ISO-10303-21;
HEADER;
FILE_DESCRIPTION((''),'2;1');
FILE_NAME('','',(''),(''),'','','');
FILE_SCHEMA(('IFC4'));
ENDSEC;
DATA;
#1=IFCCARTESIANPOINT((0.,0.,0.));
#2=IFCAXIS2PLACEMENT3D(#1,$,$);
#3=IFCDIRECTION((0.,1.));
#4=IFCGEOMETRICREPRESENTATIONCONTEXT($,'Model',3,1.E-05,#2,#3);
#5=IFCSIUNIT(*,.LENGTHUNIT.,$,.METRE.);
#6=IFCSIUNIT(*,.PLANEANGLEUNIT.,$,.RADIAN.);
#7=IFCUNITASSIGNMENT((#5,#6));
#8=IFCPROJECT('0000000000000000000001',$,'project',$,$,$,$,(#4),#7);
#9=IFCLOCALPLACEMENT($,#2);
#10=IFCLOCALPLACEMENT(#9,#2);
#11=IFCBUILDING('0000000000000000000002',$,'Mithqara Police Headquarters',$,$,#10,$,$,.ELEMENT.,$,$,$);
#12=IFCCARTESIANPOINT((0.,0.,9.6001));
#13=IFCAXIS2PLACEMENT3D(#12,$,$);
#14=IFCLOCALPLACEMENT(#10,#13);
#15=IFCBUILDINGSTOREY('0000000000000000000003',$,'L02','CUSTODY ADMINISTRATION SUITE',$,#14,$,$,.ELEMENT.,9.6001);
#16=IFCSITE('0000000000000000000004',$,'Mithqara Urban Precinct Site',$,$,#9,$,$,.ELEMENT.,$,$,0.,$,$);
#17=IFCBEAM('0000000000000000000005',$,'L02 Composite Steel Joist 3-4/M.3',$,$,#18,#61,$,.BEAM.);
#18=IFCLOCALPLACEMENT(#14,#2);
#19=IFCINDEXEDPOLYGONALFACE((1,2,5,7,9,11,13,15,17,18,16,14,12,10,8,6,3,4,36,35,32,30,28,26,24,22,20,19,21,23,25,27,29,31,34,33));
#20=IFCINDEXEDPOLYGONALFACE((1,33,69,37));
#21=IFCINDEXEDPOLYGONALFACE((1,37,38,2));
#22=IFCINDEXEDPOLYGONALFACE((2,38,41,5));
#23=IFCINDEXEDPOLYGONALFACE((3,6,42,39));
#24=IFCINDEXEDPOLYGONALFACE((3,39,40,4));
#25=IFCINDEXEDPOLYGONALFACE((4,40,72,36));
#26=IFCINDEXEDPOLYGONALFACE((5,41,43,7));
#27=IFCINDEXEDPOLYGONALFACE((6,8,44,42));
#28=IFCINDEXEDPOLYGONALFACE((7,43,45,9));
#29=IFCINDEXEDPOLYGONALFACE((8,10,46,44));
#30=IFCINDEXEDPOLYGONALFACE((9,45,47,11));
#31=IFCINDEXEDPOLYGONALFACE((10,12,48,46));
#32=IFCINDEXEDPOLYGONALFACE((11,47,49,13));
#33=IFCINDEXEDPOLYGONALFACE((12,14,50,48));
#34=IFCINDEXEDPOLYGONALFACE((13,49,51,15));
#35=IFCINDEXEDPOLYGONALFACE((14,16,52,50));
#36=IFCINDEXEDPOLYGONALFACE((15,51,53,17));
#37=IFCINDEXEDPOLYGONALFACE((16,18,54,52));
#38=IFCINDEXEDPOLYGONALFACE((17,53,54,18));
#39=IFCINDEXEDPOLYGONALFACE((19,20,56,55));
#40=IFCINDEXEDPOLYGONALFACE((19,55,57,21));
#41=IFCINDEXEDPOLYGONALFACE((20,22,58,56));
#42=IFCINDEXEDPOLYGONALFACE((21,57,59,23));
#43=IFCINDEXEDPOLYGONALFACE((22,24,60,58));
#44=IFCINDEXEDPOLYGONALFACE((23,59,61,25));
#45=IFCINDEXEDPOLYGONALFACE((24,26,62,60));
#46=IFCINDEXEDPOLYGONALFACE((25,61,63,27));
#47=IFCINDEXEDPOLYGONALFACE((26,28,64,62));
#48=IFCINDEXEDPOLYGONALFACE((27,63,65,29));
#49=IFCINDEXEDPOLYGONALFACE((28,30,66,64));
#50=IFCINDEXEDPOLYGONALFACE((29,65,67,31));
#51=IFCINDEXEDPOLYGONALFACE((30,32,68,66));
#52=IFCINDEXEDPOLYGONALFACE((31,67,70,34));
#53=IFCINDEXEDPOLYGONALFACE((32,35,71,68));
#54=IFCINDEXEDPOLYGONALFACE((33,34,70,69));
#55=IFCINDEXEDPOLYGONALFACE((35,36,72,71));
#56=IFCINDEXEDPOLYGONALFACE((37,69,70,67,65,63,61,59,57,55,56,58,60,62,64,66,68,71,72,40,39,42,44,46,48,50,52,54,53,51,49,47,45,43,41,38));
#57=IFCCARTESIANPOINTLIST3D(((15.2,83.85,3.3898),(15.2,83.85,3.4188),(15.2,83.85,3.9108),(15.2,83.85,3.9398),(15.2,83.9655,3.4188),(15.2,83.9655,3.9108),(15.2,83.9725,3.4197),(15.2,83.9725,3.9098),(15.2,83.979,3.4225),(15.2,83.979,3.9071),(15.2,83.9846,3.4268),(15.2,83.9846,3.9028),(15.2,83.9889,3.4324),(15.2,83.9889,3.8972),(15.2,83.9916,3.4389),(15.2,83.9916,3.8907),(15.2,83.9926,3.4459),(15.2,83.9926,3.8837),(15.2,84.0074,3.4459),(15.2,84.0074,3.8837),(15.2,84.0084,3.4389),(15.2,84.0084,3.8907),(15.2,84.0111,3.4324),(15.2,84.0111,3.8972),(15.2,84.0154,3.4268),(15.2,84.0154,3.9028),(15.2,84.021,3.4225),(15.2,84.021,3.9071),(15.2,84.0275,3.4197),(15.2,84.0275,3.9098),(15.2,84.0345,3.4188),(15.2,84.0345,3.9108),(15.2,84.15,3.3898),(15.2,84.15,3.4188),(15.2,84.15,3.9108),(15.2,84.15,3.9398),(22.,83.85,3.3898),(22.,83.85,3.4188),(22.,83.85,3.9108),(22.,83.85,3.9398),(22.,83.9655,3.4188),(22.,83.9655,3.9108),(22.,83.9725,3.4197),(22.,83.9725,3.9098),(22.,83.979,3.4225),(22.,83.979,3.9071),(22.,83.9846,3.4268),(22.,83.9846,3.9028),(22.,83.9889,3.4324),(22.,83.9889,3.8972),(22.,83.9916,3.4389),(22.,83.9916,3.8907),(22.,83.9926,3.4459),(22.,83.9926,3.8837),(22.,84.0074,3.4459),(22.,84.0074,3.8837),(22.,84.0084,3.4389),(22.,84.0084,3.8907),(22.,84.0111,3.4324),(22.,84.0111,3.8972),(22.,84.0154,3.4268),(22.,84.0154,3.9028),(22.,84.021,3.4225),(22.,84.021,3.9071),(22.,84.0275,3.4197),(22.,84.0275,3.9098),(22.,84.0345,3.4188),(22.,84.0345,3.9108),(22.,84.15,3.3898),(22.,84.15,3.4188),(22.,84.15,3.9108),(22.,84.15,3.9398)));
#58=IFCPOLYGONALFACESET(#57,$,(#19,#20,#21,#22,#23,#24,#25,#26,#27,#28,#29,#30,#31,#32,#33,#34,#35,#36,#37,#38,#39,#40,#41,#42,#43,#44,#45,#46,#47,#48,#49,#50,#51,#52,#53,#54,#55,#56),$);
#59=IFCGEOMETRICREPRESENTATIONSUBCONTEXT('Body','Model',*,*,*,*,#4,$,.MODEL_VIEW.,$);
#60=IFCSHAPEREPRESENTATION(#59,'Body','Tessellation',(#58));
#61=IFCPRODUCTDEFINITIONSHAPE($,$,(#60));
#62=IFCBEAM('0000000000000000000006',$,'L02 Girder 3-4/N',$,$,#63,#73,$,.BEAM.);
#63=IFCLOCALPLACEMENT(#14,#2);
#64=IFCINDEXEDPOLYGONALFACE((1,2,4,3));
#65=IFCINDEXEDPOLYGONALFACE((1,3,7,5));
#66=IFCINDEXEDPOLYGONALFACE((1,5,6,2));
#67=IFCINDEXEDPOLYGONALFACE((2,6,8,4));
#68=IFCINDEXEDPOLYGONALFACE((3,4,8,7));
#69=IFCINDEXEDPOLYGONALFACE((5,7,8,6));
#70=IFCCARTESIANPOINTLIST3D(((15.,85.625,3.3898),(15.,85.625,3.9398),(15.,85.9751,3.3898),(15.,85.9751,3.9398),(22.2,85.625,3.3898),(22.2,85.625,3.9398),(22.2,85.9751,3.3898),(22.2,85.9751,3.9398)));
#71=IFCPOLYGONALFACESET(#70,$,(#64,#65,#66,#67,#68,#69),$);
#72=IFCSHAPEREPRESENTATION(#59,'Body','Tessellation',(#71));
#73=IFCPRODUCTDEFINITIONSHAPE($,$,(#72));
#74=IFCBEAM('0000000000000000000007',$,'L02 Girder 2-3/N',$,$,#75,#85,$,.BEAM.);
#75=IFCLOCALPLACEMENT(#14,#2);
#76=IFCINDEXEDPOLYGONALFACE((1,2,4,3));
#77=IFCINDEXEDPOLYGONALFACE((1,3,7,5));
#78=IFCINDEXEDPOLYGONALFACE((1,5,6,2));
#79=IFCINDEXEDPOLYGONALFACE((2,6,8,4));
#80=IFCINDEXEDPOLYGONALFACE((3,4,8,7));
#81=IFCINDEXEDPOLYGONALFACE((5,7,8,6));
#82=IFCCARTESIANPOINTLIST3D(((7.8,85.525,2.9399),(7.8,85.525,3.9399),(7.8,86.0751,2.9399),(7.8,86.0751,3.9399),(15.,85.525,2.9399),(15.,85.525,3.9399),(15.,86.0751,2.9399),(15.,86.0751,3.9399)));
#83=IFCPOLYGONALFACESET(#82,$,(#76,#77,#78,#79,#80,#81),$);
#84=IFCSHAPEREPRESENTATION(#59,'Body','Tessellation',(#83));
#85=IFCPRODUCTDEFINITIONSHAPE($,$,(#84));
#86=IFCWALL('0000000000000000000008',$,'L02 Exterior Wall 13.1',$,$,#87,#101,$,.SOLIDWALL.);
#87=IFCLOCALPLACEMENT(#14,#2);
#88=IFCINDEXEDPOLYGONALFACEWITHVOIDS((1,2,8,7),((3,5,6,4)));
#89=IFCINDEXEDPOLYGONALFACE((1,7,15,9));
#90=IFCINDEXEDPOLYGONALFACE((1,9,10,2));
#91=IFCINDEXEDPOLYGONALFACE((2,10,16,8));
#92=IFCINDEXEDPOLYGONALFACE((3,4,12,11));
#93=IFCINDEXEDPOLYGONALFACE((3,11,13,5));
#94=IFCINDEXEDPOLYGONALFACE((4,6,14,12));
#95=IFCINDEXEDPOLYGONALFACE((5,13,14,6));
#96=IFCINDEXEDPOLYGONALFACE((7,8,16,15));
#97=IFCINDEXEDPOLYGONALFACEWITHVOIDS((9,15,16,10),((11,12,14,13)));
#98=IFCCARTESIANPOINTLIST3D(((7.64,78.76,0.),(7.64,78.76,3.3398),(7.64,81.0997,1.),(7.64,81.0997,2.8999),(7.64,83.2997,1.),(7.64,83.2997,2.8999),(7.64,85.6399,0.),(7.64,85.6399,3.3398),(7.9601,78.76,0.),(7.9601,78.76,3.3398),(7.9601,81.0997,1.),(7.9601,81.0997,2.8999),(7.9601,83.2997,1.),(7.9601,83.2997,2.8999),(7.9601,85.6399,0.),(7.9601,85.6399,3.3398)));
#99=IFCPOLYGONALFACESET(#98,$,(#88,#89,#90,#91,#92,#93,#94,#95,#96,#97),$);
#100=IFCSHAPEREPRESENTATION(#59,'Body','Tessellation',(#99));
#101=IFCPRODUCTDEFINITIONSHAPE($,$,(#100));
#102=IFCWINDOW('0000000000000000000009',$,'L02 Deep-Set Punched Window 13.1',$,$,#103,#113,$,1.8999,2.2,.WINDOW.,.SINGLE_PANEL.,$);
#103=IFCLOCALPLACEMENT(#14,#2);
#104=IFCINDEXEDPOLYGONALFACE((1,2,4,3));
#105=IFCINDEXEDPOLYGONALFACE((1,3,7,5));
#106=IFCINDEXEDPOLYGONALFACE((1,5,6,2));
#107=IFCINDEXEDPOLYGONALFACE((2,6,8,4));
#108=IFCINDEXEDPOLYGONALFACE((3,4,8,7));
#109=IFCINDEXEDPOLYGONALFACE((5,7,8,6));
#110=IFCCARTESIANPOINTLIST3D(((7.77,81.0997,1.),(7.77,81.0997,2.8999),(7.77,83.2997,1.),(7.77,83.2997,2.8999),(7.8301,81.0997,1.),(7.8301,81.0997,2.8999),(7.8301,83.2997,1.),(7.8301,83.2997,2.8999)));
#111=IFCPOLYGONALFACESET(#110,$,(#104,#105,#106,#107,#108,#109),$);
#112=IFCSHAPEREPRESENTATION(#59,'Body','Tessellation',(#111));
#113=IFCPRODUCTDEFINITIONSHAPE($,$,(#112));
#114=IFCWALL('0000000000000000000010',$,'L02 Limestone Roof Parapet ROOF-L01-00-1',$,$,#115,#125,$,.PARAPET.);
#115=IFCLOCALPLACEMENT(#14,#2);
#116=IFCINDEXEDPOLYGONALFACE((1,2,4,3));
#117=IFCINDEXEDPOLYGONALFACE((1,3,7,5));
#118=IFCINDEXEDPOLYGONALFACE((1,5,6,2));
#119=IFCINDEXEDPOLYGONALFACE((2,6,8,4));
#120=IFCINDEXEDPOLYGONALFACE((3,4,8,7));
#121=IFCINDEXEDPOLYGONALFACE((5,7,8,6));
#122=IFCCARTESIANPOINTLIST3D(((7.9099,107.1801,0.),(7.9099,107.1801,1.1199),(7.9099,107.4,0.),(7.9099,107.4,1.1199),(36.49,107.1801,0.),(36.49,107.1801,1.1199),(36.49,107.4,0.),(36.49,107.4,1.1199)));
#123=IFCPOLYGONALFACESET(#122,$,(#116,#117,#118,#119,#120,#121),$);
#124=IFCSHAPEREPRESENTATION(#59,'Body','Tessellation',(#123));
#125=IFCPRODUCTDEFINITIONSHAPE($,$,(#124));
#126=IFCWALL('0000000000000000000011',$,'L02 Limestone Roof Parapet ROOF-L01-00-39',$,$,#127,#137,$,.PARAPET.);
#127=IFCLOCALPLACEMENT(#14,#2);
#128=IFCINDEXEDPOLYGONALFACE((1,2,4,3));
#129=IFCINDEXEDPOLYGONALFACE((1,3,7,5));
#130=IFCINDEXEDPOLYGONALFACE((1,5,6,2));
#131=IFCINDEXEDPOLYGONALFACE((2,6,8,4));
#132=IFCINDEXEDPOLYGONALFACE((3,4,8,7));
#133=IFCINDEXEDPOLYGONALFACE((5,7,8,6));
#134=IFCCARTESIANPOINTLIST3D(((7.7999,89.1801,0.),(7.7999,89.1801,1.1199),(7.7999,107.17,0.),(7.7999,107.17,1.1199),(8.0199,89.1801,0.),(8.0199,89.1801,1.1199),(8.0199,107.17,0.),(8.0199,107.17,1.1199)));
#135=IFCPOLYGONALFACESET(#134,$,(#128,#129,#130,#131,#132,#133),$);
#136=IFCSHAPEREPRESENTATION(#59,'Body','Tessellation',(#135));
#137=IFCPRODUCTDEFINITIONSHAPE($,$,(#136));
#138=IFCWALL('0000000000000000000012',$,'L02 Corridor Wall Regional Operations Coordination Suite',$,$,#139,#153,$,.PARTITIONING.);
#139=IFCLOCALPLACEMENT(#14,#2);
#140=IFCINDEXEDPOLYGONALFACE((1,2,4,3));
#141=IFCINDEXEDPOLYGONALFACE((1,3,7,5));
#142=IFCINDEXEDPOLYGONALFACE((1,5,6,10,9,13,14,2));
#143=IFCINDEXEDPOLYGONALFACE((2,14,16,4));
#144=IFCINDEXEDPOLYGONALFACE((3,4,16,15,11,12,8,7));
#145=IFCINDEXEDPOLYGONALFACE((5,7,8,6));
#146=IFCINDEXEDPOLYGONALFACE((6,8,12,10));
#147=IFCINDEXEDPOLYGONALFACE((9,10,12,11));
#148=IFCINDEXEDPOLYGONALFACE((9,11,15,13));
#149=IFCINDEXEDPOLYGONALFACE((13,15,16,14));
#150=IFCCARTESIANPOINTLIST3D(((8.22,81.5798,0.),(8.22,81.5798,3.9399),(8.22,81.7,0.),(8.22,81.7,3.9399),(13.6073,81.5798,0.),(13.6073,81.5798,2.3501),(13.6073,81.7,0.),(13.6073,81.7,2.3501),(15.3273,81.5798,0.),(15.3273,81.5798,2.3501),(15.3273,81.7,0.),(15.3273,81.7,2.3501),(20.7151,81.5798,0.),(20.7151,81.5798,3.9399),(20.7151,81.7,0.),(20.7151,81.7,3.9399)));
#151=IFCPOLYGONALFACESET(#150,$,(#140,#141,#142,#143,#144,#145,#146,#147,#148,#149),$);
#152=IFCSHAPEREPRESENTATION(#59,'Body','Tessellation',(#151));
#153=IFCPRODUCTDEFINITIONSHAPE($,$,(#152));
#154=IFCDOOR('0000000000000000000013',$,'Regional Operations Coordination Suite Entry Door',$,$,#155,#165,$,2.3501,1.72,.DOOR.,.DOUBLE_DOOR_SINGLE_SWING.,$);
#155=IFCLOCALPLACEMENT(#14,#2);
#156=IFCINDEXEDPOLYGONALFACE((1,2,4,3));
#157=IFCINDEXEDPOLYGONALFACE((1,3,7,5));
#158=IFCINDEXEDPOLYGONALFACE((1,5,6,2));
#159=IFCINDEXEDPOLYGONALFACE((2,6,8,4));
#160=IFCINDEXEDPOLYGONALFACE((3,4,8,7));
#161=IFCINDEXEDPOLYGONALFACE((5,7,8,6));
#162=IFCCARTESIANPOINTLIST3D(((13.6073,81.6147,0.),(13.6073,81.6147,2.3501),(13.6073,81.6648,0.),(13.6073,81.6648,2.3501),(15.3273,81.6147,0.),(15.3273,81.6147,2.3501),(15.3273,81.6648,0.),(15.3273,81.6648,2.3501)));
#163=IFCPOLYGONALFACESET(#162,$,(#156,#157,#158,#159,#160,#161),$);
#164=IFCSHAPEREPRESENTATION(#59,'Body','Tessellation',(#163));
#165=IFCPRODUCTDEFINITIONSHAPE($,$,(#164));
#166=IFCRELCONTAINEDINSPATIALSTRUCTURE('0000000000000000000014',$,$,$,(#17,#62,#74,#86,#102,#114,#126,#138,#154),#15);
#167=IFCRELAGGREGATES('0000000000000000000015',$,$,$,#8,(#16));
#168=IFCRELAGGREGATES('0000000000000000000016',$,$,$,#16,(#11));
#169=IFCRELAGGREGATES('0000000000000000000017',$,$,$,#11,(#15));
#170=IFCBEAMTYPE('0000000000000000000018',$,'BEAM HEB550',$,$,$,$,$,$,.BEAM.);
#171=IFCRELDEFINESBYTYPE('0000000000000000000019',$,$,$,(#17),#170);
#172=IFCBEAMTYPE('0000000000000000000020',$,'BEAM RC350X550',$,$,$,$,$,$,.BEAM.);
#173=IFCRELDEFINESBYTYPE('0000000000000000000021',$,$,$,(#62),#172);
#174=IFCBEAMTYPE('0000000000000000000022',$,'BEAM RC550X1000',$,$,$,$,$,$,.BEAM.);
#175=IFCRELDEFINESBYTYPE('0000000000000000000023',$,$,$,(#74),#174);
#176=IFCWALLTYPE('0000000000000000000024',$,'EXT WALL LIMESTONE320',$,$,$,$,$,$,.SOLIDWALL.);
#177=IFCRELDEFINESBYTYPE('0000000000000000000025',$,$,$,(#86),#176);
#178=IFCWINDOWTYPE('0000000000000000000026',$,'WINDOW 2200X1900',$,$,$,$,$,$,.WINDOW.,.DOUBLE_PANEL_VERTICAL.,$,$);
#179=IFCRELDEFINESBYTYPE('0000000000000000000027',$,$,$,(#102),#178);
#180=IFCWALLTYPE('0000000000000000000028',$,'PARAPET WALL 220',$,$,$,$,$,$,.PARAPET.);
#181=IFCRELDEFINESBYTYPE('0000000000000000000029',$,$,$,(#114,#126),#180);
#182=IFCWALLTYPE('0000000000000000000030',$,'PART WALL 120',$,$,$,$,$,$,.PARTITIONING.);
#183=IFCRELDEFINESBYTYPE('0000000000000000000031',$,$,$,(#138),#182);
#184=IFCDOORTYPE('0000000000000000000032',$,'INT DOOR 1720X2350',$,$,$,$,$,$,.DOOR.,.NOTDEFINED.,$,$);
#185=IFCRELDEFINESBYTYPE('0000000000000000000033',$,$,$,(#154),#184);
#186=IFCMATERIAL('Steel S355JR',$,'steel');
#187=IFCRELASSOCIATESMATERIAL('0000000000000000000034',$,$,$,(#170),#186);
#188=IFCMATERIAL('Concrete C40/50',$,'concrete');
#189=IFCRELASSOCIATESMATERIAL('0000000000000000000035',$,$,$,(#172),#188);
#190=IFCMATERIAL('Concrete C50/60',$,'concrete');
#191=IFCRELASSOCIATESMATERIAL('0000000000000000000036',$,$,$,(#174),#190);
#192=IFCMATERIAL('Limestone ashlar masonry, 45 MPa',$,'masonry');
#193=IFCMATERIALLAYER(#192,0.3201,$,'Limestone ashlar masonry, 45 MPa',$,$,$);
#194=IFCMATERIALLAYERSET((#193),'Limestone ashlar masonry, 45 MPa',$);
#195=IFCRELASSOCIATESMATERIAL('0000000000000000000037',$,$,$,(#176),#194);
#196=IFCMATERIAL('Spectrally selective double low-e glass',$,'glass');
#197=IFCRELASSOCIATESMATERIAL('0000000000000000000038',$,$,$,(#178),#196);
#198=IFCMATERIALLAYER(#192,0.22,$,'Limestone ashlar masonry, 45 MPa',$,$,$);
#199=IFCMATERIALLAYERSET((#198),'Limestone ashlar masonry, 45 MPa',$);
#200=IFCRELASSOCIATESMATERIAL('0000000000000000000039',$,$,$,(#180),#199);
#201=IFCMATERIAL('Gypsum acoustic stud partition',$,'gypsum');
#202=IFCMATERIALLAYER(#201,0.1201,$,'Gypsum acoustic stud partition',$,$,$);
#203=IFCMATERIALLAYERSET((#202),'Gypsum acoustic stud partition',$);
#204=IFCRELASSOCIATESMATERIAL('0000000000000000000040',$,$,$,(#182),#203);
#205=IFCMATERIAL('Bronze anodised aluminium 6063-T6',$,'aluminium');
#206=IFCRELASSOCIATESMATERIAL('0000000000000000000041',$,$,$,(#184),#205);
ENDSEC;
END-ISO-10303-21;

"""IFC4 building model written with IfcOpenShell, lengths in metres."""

from ifc_helpers import new_model, si_unit, direction, frame, frame_2d, origin, origin_2d, place, context, subcontext, project, spatial, rectangle, i_section, extrude, material, layer, layer_set, material_profile, profile_set, type_object, element, fill, save


model = new_model("IFC4")

# Units and contexts
model_context = context("Model", 3, precision=1e-05, world=origin(), true_north=direction((0.0, 1.0)))
body_context = subcontext(model_context, "Body", "Model", "MODEL_VIEW")
ifc_project = project(units=[si_unit("LENGTHUNIT", "METRE"), si_unit("PLANEANGLEUNIT", "RADIAN")], contexts=[model_context])

# Site, building, storey
site_placement = place(None, origin())
site = spatial("IfcSite", under=ifc_project, at=site_placement, Name="Mithqara Urban Precinct Site", CompositionType="ELEMENT", RefElevation=0.0)
building_placement = place(site_placement, origin())
building = spatial("IfcBuilding", under=site, at=building_placement, Name="Mithqara Police Headquarters", CompositionType="ELEMENT")
storey_placement = place(building_placement, frame((0.0, 0.0, 9.6001)))
storey = spatial("IfcBuildingStorey", under=building, at=storey_placement, Name="L02", Description="CUSTODY ADMINISTRATION SUITE", CompositionType="ELEMENT", Elevation=9.6001)

# Shared definitions
ifc_material_1 = material(Name="Concrete C50/60", Category="concrete")

# Beams
ifc_material_2 = material(Name="Steel S355JR", Category="steel")
ifc_material_profile_1 = material_profile(ifc_material_2, i_section(OverallWidth=0.3, OverallDepth=0.55, WebThickness=0.0149, FlangeThickness=0.0291, FilletRadius=0.0271, at=origin_2d()), Name="HEB 550")
ifc_profile_set_1 = profile_set([ifc_material_profile_1], Name="Steel S355JR")
beam_type_1 = type_object("IfcBeamType", Name="BEAM HEB550", PredefinedType="BEAM", material=ifc_profile_set_1)
for number, where, z_axis, x_axis, name in (
    (1, (15.2, 84.0, 3.6648), (1.0, 0.0, 0.0), (0.0, 1.0, 0.0), "L02 Composite Steel Joist 3-4/M.3"),
):
    element("IfcBeam", number, at=place(storey_placement, frame(where, z_axis=z_axis, x_axis=x_axis)), inside=storey, type_object=beam_type_1, Name=name, PredefinedType="BEAM", context=body_context, shape_type="SweptSolid", body=[
        extrude(i_section(OverallWidth=0.3, OverallDepth=0.55, WebThickness=0.0149, FlangeThickness=0.0291, FilletRadius=0.0271, at=origin_2d()), origin(), (0.0, 0.0, 1.0), 6.8),
    ])
ifc_material_3 = material(Name="Concrete C40/50", Category="concrete")
ifc_material_profile_2 = material_profile(ifc_material_3, rectangle(XDim=0.3501, YDim=0.55, at=origin_2d()), Name="RC 350x550")
ifc_profile_set_2 = profile_set([ifc_material_profile_2], Name="Concrete C40/50")
beam_type_2 = type_object("IfcBeamType", Name="BEAM RC350X550", PredefinedType="BEAM", material=ifc_profile_set_2)
beam_1_placement = place(storey_placement, frame((15.0, 85.8, 3.6648), z_axis=(1.0, 0.0, 0.0), x_axis=(0.0, 1.0, 0.0)))
element("IfcBeam", 2, at=beam_1_placement, inside=storey, type_object=beam_type_2, Name="L02 Girder 3-4/N", PredefinedType="BEAM", context=body_context, shape_type="SweptSolid", body=[
    extrude(rectangle(XDim=0.3501, YDim=0.55, at=origin_2d()), origin(), (0.0, 0.0, 1.0), 7.2),
])
ifc_material_profile_3 = material_profile(ifc_material_1, rectangle(XDim=0.55, YDim=1.0, at=origin_2d()), Name="RC 550x1000")
ifc_profile_set_3 = profile_set([ifc_material_profile_3], Name="Concrete C50/60")
beam_type_3 = type_object("IfcBeamType", Name="BEAM RC550X1000", PredefinedType="BEAM", material=ifc_profile_set_3)
beam_2_placement = place(storey_placement, frame((7.8, 85.8, 3.4399), z_axis=(1.0, 0.0, 0.0), x_axis=(0.0, 1.0, 0.0)))
element("IfcBeam", 3, at=beam_2_placement, inside=storey, type_object=beam_type_3, Name="L02 Girder 2-3/N", PredefinedType="BEAM", context=body_context, shape_type="SweptSolid", body=[
    extrude(rectangle(XDim=0.55, YDim=1.0, at=origin_2d()), origin(), (0.0, 0.0, 1.0), 7.2),
])

# Wall, opening, window
ifc_material_4 = material(Name="Limestone ashlar masonry, 45 MPa", Category="masonry")
ifc_layer_1 = layer(ifc_material_4, 0.3201, Name="Limestone ashlar masonry, 45 MPa")
ifc_layer_set_1 = layer_set([ifc_layer_1], Name="Limestone ashlar masonry, 45 MPa")
wall_type_1 = type_object("IfcWallType", Name="EXT WALL LIMESTONE320", PredefinedType="SOLIDWALL", material=ifc_layer_set_1)
wall_1_placement = place(storey_placement, frame((7.8, 85.6399, 0.0), z_axis=(0.0, 0.0, 1.0), x_axis=(0.0, -1.0, 0.0)))
wall_1 = element("IfcWall", 4, at=wall_1_placement, inside=storey, type_object=wall_type_1, Name="L02 Exterior Wall 13.1", PredefinedType="SOLIDWALL", context=body_context, shape_type="SweptSolid", body=[
    extrude(rectangle(XDim=6.8799, YDim=0.3201, at=frame_2d((3.4399, 0.0))), origin(), (0.0, 0.0, 1.0), 3.3398),
])
opening_1_placement = place(wall_1_placement, frame((2.3401, 0.0, 1.0)))
opening_1 = element("IfcOpeningElement", 5, at=opening_1_placement, cuts=wall_1, PredefinedType="OPENING", context=body_context, shape_type="SweptSolid", body=[
    extrude(rectangle(XDim=2.2, YDim=1.8999, at=frame_2d((1.1001, 0.95))), frame((0.0, 0.1699, 0.0), z_axis=(0.0, -1.0, 0.0), x_axis=(1.0, 0.0, 0.0)), (0.0, 0.0, 1.0), 0.3401),
])
ifc_material_5 = material(Name="Spectrally selective double low-e glass", Category="glass")
window_type = type_object("IfcWindowType", Name="WINDOW 2200X1900", PartitioningType="DOUBLE_PANEL_VERTICAL", PredefinedType="WINDOW", material=ifc_material_5)
window_placement = place(opening_1_placement, origin())
window = element("IfcWindow", 6, at=window_placement, inside=storey, type_object=window_type, Name="L02 Deep-Set Punched Window 13.1", OverallHeight=1.8999, OverallWidth=2.2, PartitioningType="SINGLE_PANEL", PredefinedType="WINDOW", context=body_context, shape_type="SweptSolid", body=[
    extrude(rectangle(XDim=2.2, YDim=1.8999, at=frame_2d((1.1001, 0.95))), frame((0.0, 0.03, 0.0), z_axis=(0.0, -1.0, 0.0), x_axis=(1.0, 0.0, 0.0)), (0.0, 0.0, 1.0), 0.0601),
])
fill(opening_1, window)

# Walls
ifc_layer_2 = layer(ifc_material_4, 0.22, Name="Limestone ashlar masonry, 45 MPa")
ifc_layer_set_2 = layer_set([ifc_layer_2], Name="Limestone ashlar masonry, 45 MPa")
wall_type_2 = type_object("IfcWallType", Name="PARAPET WALL 220", PredefinedType="PARAPET", material=ifc_layer_set_2)
wall_2_placement = place(storey_placement, frame((7.9099, 107.29, 0.0), z_axis=(0.0, 0.0, 1.0), x_axis=(1.0, 0.0, 0.0)))
element("IfcWall", 7, at=wall_2_placement, inside=storey, type_object=wall_type_2, Name="L02 Limestone Roof Parapet ROOF-L01-00-1", PredefinedType="PARAPET", context=body_context, shape_type="SweptSolid", body=[
    extrude(rectangle(XDim=28.5801, YDim=0.22, at=frame_2d((14.29, 0.0))), origin(), (0.0, 0.0, 1.0), 1.1199),
])
wall_3_placement = place(storey_placement, frame((7.9099, 89.1799, 0.0), z_axis=(0.0, 0.0, 1.0), x_axis=(0.0, 1.0, 0.0)))
element("IfcWall", 8, at=wall_3_placement, inside=storey, type_object=wall_type_2, Name="L02 Limestone Roof Parapet ROOF-L01-00-39", PredefinedType="PARAPET", context=body_context, shape_type="SweptSolid", body=[
    extrude(rectangle(XDim=17.99, YDim=0.22, at=frame_2d((8.9951, 0.0))), origin(), (0.0, 0.0, 1.0), 1.1199),
])

# Wall, opening, door
ifc_material_6 = material(Name="Gypsum acoustic stud partition", Category="gypsum")
ifc_layer_3 = layer(ifc_material_6, 0.1201, Name="Gypsum acoustic stud partition")
ifc_layer_set_3 = layer_set([ifc_layer_3], Name="Gypsum acoustic stud partition")
wall_type_3 = type_object("IfcWallType", Name="PART WALL 120", PredefinedType="PARTITIONING", material=ifc_layer_set_3)
wall_4_placement = place(storey_placement, frame((8.22, 81.6399, 0.0), z_axis=(0.0, 0.0, 1.0), x_axis=(1.0, 0.0, 0.0)))
wall_4 = element("IfcWall", 9, at=wall_4_placement, inside=storey, type_object=wall_type_3, Name="L02 Corridor Wall Regional Operations Coordination Suite", PredefinedType="PARTITIONING", context=body_context, shape_type="SweptSolid", body=[
    extrude(rectangle(XDim=12.4951, YDim=0.1201, at=frame_2d((6.2476, 0.0))), origin(), (0.0, 0.0, 1.0), 3.9399),
])
opening_2_placement = place(wall_4_placement, frame((5.3875, 0.0, 0.0)))
opening_2 = element("IfcOpeningElement", 10, at=opening_2_placement, cuts=wall_4, PredefinedType="OPENING", context=body_context, shape_type="SweptSolid", body=[
    extrude(rectangle(XDim=1.72, YDim=2.3501, at=frame_2d((0.8599, 1.175))), frame((0.0, 0.0701, 0.0), z_axis=(0.0, -1.0, 0.0), x_axis=(1.0, 0.0, 0.0)), (0.0, 0.0, 1.0), 0.1401),
])
ifc_material_7 = material(Name="Bronze anodised aluminium 6063-T6", Category="aluminium")
door_type_1 = type_object("IfcDoorType", Name="INT DOOR 1720X2350", OperationType="NOTDEFINED", PredefinedType="DOOR", material=ifc_material_7)
door_1_placement = place(opening_2_placement, origin())
door_1 = element("IfcDoor", 11, at=door_1_placement, inside=storey, type_object=door_type_1, Name="Regional Operations Coordination Suite Entry Door", OperationType="DOUBLE_DOOR_SINGLE_SWING", OverallHeight=2.3501, OverallWidth=1.72, PredefinedType="DOOR", context=body_context, shape_type="SweptSolid", body=[
    extrude(rectangle(XDim=1.72, YDim=2.3501, at=frame_2d((0.8599, 1.175))), frame((0.0, 0.0249, 0.0), z_axis=(0.0, -1.0, 0.0), x_axis=(1.0, 0.0, 0.0)), (0.0, 0.0, 1.0), 0.05),
])
fill(opening_2, door_1)

save(model, "model.ifc")
